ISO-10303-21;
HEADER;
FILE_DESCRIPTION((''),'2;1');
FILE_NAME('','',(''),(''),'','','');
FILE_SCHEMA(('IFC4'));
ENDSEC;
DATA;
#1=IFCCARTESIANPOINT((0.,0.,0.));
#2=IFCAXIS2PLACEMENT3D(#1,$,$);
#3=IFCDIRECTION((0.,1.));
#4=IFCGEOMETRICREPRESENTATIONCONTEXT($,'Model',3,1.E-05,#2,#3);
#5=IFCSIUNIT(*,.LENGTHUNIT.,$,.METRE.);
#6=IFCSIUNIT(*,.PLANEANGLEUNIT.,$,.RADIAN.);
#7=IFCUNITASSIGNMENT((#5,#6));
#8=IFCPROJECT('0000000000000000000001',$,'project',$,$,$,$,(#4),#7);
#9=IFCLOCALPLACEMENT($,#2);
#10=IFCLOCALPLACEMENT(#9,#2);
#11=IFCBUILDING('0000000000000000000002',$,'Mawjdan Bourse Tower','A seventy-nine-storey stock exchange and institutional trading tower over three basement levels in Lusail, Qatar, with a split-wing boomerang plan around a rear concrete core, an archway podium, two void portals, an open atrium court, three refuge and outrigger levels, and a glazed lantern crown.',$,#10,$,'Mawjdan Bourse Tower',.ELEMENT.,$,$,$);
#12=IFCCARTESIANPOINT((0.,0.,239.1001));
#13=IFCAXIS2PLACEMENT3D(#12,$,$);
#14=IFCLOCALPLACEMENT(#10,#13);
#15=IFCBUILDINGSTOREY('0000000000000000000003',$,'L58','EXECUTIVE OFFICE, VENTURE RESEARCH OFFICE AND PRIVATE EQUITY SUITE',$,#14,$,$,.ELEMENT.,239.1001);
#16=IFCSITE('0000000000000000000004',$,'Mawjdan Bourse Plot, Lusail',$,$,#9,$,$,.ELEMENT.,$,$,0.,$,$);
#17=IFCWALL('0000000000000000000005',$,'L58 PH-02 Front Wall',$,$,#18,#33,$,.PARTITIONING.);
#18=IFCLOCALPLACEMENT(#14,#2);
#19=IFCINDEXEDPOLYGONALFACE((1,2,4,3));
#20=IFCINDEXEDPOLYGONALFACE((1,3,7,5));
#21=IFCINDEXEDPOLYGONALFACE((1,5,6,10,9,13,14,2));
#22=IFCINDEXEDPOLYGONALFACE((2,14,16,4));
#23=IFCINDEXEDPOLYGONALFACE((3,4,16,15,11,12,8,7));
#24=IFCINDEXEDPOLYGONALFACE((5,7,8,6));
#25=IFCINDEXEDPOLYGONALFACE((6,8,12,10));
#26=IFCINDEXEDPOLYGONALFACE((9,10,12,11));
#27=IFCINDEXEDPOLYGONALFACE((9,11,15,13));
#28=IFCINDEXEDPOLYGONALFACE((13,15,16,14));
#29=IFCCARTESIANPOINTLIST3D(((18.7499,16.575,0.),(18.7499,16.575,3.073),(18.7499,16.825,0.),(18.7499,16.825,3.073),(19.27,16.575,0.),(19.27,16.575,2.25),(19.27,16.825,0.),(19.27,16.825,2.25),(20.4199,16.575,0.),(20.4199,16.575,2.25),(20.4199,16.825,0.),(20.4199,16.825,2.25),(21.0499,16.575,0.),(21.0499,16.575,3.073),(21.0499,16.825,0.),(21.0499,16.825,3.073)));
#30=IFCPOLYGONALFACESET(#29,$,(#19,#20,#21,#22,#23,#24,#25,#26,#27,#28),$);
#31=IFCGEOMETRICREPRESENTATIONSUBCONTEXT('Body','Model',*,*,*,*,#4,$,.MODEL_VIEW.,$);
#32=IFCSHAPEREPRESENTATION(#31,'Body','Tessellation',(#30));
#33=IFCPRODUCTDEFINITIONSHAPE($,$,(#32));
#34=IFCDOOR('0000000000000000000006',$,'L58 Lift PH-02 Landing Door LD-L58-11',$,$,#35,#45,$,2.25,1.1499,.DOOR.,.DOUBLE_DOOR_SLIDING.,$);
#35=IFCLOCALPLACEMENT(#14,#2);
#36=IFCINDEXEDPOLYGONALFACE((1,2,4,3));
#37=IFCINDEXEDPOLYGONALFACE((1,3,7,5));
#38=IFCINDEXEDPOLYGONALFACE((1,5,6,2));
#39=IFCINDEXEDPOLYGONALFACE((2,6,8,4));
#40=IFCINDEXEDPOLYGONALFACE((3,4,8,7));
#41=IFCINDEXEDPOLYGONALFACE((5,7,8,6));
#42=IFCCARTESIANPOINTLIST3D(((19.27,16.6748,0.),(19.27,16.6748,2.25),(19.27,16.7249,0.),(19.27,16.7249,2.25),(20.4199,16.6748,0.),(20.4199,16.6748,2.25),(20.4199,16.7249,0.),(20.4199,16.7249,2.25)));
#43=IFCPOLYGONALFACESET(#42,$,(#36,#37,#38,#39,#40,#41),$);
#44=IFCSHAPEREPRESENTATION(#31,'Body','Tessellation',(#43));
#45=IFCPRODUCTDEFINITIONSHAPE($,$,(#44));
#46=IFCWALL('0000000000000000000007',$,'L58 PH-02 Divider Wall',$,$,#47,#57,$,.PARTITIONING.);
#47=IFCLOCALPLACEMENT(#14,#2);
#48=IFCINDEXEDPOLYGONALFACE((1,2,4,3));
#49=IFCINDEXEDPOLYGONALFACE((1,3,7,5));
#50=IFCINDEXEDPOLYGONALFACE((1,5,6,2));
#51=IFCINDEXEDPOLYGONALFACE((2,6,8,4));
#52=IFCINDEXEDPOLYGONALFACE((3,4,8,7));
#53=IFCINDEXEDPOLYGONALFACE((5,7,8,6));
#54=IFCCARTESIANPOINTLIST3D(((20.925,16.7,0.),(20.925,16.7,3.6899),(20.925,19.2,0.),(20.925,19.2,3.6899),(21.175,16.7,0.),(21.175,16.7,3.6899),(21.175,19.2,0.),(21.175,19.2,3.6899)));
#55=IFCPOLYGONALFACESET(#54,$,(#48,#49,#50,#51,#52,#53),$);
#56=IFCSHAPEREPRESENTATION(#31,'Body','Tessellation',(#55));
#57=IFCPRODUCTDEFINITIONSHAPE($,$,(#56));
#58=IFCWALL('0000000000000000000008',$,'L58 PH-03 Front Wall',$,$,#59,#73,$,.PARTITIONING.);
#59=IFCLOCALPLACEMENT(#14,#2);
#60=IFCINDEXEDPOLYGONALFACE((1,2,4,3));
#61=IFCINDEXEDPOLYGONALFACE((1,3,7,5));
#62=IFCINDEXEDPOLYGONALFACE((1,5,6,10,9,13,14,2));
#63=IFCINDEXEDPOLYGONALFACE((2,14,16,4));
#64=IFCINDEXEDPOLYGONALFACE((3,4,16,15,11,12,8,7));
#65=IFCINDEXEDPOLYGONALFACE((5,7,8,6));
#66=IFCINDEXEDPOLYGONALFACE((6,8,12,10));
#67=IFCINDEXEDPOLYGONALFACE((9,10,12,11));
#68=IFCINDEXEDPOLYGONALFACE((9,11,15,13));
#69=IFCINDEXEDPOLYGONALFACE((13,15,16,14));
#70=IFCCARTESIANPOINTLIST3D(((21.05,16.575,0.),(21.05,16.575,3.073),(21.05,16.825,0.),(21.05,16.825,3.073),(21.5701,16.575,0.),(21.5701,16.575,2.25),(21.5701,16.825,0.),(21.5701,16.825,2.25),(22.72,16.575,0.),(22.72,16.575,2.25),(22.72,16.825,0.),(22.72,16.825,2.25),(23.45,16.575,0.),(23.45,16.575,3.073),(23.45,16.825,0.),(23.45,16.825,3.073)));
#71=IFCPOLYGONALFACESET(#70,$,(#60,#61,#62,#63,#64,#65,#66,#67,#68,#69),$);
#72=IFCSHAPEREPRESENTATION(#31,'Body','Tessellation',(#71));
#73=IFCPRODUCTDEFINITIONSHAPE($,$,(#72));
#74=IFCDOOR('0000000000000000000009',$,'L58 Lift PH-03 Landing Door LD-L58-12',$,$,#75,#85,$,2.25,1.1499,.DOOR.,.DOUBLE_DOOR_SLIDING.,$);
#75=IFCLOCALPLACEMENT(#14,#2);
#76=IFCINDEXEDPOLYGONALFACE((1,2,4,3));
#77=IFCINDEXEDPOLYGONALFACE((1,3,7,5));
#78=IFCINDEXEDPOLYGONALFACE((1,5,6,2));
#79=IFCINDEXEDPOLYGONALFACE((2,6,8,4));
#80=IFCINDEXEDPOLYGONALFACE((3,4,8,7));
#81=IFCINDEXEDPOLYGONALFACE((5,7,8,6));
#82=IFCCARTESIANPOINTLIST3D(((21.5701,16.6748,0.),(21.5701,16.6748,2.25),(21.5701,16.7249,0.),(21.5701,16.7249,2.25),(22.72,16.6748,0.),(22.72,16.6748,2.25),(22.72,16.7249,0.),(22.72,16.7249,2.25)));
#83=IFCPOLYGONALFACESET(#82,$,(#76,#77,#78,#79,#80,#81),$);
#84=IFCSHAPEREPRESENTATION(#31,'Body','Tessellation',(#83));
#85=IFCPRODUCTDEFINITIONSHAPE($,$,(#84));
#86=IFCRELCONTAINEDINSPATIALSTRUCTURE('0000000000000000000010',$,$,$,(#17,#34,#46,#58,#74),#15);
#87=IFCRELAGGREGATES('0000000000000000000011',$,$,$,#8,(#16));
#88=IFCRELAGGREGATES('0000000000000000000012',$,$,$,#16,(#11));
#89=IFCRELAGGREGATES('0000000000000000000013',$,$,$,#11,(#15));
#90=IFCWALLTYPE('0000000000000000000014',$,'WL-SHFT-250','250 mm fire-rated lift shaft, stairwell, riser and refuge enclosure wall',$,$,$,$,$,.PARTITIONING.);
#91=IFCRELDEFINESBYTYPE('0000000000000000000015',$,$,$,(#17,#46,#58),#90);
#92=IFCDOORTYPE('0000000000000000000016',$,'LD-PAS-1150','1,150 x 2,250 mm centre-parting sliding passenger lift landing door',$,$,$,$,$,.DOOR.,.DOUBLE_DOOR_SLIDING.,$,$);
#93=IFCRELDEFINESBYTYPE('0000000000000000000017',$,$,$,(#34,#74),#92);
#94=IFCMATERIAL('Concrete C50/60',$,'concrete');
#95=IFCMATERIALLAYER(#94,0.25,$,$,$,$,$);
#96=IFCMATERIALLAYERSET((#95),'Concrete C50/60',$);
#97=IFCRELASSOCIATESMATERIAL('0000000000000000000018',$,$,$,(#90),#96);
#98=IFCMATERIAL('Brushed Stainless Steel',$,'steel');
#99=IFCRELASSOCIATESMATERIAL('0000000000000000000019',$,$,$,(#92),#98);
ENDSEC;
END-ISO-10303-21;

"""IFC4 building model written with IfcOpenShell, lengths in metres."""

from ifc_helpers import new_model, si_unit, direction, frame, frame_2d, origin, place, context, subcontext, project, spatial, rectangle, extrude, material, layer, layer_set, type_object, element, fill, save


model = new_model("IFC4")

# Units and contexts
model_context = context("Model", 3, precision=1e-05, world=origin(), true_north=direction((0.0, 1.0)))
body_context = subcontext(model_context, "Body", "Model", "MODEL_VIEW")
ifc_project = project(units=[si_unit("LENGTHUNIT", "METRE"), si_unit("PLANEANGLEUNIT", "RADIAN")], contexts=[model_context])

# Site, building, storey
site_placement = place(None, origin())
site = spatial("IfcSite", under=ifc_project, at=site_placement, Name="Mawjdan Bourse Plot, Lusail", CompositionType="ELEMENT", RefElevation=0.0)
building_placement = place(site_placement, origin())
building = spatial("IfcBuilding", under=site, at=building_placement, Name="Mawjdan Bourse Tower", Description="A seventy-nine-storey stock exchange and institutional trading tower over three basement levels in Lusail, Qatar, with a split-wing boomerang plan around a rear concrete core, an archway podium, two void portals, an open atrium court, three refuge and outrigger levels, and a glazed lantern crown.", LongName="Mawjdan Bourse Tower", CompositionType="ELEMENT")
storey_placement = place(building_placement, frame((0.0, 0.0, 239.1001)))
storey = spatial("IfcBuildingStorey", under=building, at=storey_placement, Name="L58", Description="EXECUTIVE OFFICE, VENTURE RESEARCH OFFICE AND PRIVATE EQUITY SUITE", CompositionType="ELEMENT", Elevation=239.1001)

# Shared definitions
ifc_material_1 = material(Name="Concrete C50/60", Category="concrete")
ifc_layer_1 = layer(ifc_material_1, 0.25)
ifc_layer_set_1 = layer_set([ifc_layer_1], Name="Concrete C50/60")
wall_type_1 = type_object("IfcWallType", Name="WL-SHFT-250", Description="250 mm fire-rated lift shaft, stairwell, riser and refuge enclosure wall", PredefinedType="PARTITIONING", material=ifc_layer_set_1)

# Wall, opening, door
wall_1_placement = place(storey_placement, frame((18.75, 16.7, 0.0), z_axis=(0.0, 0.0, 1.0), x_axis=(1.0, 0.0, 0.0)))
wall_1 = element("IfcWall", 1, at=wall_1_placement, inside=storey, type_object=wall_type_1, Name="L58 PH-02 Front Wall", PredefinedType="PARTITIONING", context=body_context, shape_type="SweptSolid", body=[
    extrude(rectangle(XDim=2.3, YDim=0.25, at=frame_2d((1.1499, 0.0))), origin(), (0.0, 0.0, 1.0), 3.073),
])
opening_1_placement = place(wall_1_placement, frame((0.52, 0.0, 0.0)))
opening_1 = element("IfcOpeningElement", 2, at=opening_1_placement, cuts=wall_1, PredefinedType="OPENING", context=body_context, shape_type="SweptSolid", body=[
    extrude(rectangle(XDim=1.1499, YDim=2.25, at=frame_2d((0.575, 1.125))), frame((0.0, 0.135, 0.0), z_axis=(0.0, -1.0, 0.0), x_axis=(1.0, 0.0, 0.0)), (0.0, 0.0, 1.0), 0.27),
])
ifc_material_2 = material(Name="Brushed Stainless Steel", Category="steel")
door_type_1 = type_object("IfcDoorType", Name="LD-PAS-1150", Description="1,150 x 2,250 mm centre-parting sliding passenger lift landing door", OperationType="DOUBLE_DOOR_SLIDING", PredefinedType="DOOR", material=ifc_material_2)
door_1_placement = place(opening_1_placement, origin())
door_1 = element("IfcDoor", 3, at=door_1_placement, inside=storey, type_object=door_type_1, Name="L58 Lift PH-02 Landing Door LD-L58-11", OperationType="DOUBLE_DOOR_SLIDING", OverallHeight=2.25, OverallWidth=1.1499, PredefinedType="DOOR", context=body_context, shape_type="SweptSolid", body=[
    extrude(rectangle(XDim=1.1499, YDim=2.25, at=frame_2d((0.575, 1.125))), frame((0.0, 0.0249, 0.0), z_axis=(0.0, -1.0, 0.0), x_axis=(1.0, 0.0, 0.0)), (0.0, 0.0, 1.0), 0.05),
])
fill(opening_1, door_1)

# Wall
wall_2_placement = place(storey_placement, frame((21.05, 16.7, 0.0), z_axis=(0.0, 0.0, 1.0), x_axis=(0.0, 1.0, 0.0)))
element("IfcWall", 4, at=wall_2_placement, inside=storey, type_object=wall_type_1, Name="L58 PH-02 Divider Wall", PredefinedType="PARTITIONING", context=body_context, shape_type="SweptSolid", body=[
    extrude(rectangle(XDim=2.5, YDim=0.25, at=frame_2d((1.25, 0.0))), origin(), (0.0, 0.0, 1.0), 3.6899),
])

# Wall, opening, door
wall_3_placement = place(storey_placement, frame((21.05, 16.7, 0.0), z_axis=(0.0, 0.0, 1.0), x_axis=(1.0, 0.0, 0.0)))
wall_3 = element("IfcWall", 5, at=wall_3_placement, inside=storey, type_object=wall_type_1, Name="L58 PH-03 Front Wall", PredefinedType="PARTITIONING", context=body_context, shape_type="SweptSolid", body=[
    extrude(rectangle(XDim=2.3999, YDim=0.25, at=frame_2d((1.2, 0.0))), origin(), (0.0, 0.0, 1.0), 3.073),
])
opening_2_placement = place(wall_3_placement, frame((0.52, 0.0, 0.0)))
opening_2 = element("IfcOpeningElement", 6, at=opening_2_placement, cuts=wall_3, PredefinedType="OPENING", context=body_context, shape_type="SweptSolid", body=[
    extrude(rectangle(XDim=1.1499, YDim=2.25, at=frame_2d((0.575, 1.125))), frame((0.0, 0.135, 0.0), z_axis=(0.0, -1.0, 0.0), x_axis=(1.0, 0.0, 0.0)), (0.0, 0.0, 1.0), 0.27),
])
door_2_placement = place(opening_2_placement, origin())
door_2 = element("IfcDoor", 7, at=door_2_placement, inside=storey, type_object=door_type_1, Name="L58 Lift PH-03 Landing Door LD-L58-12", OperationType="DOUBLE_DOOR_SLIDING", OverallHeight=2.25, OverallWidth=1.1499, PredefinedType="DOOR", context=body_context, shape_type="SweptSolid", body=[
    extrude(rectangle(XDim=1.1499, YDim=2.25, at=frame_2d((0.575, 1.125))), frame((0.0, 0.0249, 0.0), z_axis=(0.0, -1.0, 0.0), x_axis=(1.0, 0.0, 0.0)), (0.0, 0.0, 1.0), 0.05),
])
fill(opening_2, door_2)

save(model, "model.ifc")
